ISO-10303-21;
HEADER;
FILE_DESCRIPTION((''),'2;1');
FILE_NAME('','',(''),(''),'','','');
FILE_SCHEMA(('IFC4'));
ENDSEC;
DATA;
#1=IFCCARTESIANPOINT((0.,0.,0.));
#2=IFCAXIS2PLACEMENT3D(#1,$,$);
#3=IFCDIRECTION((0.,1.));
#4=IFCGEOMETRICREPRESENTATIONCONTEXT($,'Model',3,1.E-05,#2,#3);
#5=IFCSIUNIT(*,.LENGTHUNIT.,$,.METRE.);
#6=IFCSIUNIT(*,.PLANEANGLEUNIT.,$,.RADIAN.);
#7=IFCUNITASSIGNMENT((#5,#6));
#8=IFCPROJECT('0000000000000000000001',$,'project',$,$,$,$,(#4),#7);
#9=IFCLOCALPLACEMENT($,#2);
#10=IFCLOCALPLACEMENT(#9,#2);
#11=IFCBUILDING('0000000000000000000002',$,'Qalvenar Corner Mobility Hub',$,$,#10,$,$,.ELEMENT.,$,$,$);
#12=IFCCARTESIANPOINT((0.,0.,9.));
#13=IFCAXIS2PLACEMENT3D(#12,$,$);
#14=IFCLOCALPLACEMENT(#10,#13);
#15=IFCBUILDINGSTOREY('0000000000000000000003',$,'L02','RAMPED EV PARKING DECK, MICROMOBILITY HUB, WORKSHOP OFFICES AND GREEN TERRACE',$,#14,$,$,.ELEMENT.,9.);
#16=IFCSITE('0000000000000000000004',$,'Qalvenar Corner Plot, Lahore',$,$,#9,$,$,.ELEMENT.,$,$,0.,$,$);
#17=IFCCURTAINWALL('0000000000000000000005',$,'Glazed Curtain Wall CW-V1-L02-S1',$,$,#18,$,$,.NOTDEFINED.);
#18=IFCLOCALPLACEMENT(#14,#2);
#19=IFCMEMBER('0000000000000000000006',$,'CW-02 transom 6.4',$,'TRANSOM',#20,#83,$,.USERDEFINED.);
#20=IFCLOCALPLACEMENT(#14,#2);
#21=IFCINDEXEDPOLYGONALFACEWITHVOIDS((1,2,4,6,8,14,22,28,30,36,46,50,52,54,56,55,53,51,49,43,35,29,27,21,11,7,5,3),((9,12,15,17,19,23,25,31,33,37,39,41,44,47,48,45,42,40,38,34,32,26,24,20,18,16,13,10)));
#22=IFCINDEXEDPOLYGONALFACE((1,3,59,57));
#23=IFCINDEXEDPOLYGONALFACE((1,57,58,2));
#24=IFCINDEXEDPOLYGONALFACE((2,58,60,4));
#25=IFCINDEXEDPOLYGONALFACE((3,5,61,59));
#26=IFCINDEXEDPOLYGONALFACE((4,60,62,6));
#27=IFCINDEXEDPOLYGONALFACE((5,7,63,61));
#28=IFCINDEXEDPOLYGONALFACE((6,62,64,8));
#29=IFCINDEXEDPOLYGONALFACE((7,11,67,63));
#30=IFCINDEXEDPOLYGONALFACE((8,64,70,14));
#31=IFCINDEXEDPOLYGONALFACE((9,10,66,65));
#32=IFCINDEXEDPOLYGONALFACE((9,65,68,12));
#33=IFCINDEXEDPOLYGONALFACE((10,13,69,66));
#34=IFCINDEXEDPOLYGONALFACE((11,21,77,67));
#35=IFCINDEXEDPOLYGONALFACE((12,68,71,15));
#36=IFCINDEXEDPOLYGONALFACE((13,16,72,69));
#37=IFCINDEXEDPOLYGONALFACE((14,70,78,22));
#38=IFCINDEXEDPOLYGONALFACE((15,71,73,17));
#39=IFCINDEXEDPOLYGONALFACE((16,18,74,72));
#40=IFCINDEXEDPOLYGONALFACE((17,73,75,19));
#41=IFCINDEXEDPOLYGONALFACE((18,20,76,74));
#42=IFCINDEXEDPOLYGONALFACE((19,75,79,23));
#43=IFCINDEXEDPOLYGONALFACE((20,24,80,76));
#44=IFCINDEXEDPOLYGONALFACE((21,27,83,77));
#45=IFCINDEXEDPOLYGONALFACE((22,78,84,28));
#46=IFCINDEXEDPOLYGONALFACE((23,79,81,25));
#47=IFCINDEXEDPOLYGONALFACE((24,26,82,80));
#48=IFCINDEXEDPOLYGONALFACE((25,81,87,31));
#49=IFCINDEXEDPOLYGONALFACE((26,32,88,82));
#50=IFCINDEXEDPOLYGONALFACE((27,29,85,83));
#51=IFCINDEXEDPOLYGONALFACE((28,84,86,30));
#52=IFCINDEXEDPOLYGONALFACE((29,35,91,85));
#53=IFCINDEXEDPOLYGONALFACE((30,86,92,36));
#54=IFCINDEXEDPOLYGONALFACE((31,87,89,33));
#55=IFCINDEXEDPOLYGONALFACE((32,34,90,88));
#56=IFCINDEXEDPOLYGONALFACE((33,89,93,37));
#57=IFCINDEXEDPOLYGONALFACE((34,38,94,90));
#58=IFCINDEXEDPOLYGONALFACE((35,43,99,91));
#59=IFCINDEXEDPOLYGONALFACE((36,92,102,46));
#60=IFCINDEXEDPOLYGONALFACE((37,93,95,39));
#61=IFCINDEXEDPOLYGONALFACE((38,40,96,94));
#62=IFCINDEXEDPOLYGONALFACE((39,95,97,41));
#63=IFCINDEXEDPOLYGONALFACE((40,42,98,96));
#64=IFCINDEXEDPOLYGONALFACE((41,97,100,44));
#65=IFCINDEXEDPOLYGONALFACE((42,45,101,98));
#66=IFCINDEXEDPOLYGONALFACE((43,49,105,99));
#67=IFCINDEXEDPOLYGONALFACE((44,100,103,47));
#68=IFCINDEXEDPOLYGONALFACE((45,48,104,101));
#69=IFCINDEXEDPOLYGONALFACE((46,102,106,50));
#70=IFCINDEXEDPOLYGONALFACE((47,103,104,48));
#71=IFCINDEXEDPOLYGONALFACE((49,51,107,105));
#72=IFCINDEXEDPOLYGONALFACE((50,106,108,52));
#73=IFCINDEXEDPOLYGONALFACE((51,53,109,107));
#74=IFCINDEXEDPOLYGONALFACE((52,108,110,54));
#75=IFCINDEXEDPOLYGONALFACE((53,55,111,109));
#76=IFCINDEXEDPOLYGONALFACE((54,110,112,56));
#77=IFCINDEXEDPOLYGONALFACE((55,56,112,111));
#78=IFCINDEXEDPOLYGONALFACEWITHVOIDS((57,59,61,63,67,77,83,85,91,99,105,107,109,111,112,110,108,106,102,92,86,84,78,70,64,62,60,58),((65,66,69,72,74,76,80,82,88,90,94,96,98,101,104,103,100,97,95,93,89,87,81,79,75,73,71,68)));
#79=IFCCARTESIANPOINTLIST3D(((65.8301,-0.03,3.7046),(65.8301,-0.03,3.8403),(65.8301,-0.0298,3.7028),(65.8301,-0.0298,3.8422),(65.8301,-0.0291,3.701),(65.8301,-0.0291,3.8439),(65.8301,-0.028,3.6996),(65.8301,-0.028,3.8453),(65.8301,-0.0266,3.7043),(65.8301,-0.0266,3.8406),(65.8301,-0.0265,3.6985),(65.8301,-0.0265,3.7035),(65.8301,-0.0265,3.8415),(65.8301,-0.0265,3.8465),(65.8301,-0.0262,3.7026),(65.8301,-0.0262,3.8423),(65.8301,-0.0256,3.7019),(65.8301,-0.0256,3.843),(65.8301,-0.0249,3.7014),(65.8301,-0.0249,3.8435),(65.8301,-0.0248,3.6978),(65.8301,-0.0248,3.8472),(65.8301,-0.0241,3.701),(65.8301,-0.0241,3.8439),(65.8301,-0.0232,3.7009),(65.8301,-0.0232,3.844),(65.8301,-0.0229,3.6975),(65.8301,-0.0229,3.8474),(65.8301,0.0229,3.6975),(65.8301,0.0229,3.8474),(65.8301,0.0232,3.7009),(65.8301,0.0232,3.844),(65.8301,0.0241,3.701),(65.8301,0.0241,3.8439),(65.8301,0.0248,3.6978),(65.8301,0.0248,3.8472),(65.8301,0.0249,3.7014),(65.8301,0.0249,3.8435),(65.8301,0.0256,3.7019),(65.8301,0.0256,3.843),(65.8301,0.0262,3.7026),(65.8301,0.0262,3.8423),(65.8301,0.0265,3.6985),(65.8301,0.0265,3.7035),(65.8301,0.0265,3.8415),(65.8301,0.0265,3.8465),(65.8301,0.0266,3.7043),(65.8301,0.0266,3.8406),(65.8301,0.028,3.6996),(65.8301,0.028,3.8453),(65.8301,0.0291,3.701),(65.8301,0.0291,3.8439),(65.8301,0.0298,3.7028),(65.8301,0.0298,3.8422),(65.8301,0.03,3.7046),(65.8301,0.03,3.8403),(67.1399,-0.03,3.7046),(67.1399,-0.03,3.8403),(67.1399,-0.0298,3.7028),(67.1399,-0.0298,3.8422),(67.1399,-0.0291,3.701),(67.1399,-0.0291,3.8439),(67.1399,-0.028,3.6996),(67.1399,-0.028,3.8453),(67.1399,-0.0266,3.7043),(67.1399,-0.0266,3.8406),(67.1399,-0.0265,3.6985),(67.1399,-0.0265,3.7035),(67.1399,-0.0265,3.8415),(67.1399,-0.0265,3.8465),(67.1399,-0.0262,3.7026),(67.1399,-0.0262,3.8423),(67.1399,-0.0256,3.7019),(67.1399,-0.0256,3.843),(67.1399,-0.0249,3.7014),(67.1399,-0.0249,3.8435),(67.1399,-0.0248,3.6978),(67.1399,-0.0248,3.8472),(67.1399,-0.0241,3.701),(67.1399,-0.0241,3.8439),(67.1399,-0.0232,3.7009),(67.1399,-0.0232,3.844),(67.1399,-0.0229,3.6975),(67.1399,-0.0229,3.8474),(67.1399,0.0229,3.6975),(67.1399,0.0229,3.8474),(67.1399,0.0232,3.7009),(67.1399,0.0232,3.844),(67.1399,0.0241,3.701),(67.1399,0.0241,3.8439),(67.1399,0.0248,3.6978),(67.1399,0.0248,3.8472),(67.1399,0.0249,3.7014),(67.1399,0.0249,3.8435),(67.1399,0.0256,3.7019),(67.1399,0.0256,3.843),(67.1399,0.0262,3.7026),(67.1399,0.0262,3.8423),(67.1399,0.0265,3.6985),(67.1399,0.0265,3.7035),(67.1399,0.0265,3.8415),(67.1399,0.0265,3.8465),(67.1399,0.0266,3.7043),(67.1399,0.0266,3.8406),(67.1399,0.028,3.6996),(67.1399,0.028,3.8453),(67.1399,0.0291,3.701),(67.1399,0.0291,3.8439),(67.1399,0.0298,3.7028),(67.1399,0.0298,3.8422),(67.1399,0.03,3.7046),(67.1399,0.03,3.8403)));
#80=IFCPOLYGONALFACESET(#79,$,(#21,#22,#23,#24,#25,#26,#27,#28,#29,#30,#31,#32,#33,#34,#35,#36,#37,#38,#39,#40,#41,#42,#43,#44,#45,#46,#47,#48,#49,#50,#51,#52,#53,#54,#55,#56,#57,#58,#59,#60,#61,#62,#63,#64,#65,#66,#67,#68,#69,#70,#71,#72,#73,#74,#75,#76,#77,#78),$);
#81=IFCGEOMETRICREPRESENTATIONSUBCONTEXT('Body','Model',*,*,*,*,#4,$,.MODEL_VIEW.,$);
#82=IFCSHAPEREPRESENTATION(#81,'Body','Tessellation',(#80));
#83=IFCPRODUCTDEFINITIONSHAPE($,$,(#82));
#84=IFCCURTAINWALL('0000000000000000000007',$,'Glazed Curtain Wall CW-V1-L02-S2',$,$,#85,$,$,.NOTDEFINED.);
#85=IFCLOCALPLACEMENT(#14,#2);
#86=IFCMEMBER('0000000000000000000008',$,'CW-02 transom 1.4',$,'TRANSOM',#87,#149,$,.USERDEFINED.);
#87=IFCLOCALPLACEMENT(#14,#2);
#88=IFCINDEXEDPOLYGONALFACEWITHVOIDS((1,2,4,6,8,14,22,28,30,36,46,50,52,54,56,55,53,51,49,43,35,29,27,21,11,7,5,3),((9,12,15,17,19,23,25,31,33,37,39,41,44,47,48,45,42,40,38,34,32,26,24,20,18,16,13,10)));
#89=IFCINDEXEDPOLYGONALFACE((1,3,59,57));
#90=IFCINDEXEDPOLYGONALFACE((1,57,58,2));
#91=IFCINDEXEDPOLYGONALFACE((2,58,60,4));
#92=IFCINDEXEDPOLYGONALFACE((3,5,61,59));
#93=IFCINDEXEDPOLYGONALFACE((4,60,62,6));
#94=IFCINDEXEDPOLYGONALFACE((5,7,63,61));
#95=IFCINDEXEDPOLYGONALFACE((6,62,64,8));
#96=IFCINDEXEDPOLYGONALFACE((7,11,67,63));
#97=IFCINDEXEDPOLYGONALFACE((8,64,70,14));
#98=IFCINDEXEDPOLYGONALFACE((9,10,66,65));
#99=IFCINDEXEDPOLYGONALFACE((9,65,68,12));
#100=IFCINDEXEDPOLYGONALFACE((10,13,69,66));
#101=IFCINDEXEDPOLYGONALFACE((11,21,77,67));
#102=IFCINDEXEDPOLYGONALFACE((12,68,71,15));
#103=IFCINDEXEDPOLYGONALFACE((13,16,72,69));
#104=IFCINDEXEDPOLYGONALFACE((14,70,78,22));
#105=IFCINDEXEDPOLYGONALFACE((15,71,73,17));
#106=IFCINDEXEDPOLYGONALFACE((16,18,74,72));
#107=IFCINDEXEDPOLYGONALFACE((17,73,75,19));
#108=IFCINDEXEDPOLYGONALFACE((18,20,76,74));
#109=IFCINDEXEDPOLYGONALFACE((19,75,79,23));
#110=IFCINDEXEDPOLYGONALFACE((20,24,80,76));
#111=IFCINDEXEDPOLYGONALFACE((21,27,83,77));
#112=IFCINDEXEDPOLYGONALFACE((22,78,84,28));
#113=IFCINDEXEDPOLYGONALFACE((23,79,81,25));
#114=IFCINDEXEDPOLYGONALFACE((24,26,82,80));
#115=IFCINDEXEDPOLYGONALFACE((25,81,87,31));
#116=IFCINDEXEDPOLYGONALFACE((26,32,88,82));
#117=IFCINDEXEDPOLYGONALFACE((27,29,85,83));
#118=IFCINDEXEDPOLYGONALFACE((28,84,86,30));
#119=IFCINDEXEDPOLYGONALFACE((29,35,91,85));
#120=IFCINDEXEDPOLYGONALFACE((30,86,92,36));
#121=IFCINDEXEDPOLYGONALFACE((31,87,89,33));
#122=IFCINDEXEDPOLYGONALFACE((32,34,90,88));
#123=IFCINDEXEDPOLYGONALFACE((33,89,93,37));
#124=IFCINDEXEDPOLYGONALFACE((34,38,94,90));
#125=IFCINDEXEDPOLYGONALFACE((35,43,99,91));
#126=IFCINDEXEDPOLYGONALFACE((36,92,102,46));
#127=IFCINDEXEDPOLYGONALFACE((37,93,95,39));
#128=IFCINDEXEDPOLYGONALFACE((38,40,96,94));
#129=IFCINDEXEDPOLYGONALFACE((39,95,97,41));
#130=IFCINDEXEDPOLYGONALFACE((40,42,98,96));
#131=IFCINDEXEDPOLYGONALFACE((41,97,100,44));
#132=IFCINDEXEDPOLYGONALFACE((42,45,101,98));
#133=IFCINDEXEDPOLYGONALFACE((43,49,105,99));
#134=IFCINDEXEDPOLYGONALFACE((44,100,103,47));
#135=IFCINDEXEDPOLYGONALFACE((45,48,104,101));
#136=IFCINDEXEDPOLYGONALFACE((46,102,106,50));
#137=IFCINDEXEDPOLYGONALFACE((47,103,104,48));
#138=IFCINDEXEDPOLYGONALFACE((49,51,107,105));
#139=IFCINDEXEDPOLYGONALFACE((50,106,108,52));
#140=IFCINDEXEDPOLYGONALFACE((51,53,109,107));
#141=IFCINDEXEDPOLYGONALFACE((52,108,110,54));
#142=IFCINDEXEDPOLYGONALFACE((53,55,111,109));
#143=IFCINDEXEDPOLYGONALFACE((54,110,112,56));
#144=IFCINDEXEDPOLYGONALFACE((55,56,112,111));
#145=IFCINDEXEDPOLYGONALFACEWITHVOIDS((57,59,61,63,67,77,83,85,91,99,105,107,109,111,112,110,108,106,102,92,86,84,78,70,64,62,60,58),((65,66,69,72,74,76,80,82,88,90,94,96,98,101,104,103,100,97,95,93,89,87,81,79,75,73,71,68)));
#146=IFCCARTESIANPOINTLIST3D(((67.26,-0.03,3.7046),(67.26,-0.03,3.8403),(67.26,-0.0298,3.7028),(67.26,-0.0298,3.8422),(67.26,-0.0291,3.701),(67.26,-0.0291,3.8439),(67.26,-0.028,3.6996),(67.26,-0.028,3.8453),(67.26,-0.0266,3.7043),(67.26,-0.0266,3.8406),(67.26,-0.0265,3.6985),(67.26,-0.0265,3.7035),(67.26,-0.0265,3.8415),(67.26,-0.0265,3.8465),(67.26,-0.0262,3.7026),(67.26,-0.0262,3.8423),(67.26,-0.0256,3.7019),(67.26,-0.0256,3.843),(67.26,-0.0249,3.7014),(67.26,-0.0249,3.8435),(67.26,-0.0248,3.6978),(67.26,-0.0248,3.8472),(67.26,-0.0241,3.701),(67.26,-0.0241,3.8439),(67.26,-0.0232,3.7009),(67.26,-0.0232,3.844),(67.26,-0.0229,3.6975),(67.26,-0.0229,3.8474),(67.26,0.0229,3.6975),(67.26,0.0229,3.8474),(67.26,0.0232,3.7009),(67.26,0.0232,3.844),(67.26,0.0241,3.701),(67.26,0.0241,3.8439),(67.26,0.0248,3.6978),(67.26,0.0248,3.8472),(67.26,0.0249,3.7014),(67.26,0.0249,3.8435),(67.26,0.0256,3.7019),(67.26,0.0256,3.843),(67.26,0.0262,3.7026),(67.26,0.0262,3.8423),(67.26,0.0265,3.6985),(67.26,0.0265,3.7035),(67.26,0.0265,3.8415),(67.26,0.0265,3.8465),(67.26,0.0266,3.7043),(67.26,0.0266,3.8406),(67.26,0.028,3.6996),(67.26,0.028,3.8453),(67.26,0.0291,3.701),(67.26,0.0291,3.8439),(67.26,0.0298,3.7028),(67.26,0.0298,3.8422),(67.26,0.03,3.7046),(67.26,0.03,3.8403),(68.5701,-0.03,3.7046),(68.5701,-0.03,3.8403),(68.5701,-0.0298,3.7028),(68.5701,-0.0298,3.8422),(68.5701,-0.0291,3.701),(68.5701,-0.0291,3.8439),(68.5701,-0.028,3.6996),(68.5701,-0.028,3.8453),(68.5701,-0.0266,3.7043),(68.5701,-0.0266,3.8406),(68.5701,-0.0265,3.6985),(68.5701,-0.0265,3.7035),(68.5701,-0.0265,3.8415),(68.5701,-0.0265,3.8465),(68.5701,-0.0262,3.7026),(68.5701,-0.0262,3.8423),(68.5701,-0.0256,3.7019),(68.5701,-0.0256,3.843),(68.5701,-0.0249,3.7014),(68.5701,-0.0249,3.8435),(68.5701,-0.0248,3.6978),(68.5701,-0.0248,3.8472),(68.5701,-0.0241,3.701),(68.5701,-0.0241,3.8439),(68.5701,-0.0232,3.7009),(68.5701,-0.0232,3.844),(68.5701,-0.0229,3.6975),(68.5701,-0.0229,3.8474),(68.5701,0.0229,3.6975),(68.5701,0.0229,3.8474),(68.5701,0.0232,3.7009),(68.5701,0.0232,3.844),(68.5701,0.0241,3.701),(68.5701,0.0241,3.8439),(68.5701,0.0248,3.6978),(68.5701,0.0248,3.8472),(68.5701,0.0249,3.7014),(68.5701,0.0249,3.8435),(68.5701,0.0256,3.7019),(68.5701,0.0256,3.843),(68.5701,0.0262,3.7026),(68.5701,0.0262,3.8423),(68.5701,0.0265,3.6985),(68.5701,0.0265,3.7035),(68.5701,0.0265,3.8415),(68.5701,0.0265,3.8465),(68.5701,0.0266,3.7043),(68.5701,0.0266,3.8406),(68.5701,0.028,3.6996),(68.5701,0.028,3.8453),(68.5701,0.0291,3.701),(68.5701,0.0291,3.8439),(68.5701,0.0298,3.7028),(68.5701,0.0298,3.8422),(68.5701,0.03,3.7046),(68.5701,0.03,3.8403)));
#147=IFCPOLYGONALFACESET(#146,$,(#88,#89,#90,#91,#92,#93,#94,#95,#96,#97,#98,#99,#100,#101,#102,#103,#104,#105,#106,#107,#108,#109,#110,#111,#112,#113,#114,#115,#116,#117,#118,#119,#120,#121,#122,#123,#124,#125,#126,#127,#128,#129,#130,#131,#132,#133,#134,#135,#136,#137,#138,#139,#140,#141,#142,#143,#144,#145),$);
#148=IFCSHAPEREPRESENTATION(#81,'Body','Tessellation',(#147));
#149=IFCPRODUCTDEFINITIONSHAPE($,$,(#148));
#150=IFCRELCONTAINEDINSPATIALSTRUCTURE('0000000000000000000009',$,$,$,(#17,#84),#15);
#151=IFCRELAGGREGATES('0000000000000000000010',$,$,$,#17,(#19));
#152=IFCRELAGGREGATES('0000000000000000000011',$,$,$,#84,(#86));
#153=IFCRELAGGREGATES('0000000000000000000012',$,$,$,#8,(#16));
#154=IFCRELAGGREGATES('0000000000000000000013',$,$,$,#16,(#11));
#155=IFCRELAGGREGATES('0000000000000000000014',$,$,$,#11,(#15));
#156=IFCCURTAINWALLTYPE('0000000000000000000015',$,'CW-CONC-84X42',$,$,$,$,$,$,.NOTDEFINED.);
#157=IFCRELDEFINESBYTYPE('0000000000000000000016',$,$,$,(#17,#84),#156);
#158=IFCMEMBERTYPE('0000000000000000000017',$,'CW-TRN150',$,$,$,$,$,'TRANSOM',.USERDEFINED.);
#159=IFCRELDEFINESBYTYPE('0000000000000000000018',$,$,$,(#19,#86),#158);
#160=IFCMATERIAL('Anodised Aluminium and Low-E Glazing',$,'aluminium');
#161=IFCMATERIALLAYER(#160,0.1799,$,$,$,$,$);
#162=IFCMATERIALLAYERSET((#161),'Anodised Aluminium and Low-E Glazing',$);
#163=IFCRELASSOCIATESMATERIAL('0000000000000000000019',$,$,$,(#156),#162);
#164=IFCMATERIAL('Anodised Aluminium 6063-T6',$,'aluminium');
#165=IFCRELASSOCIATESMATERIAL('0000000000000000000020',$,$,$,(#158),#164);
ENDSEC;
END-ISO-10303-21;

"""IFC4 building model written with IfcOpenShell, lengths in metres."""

from ifc_helpers import new_model, si_unit, direction, frame, origin, origin_2d, place, context, subcontext, project, spatial, hollow_rectangle, extrude, material, layer, layer_set, material_profile, profile_set, type_object, element, aggregate, save


model = new_model("IFC4")

# Units and contexts
model_context = context("Model", 3, precision=1e-05, world=origin(), true_north=direction((0.0, 1.0)))
body_context = subcontext(model_context, "Body", "Model", "MODEL_VIEW")
ifc_project = project(units=[si_unit("LENGTHUNIT", "METRE"), si_unit("PLANEANGLEUNIT", "RADIAN")], contexts=[model_context])

# Site, building, storey
site_placement = place(None, origin())
site = spatial("IfcSite", under=ifc_project, at=site_placement, Name="Qalvenar Corner Plot, Lahore", CompositionType="ELEMENT", RefElevation=0.0)
building_placement = place(site_placement, origin())
building = spatial("IfcBuilding", under=site, at=building_placement, Name="Qalvenar Corner Mobility Hub", CompositionType="ELEMENT")
storey_placement = place(building_placement, frame((0.0, 0.0, 9.0)))
storey = spatial("IfcBuildingStorey", under=building, at=storey_placement, Name="L02", Description="RAMPED EV PARKING DECK, MICROMOBILITY HUB, WORKSHOP OFFICES AND GREEN TERRACE", CompositionType="ELEMENT", Elevation=9.0)

# Curtain walls, members
ifc_material_1 = material(Name="Anodised Aluminium and Low-E Glazing", Category="aluminium")
ifc_layer_1 = layer(ifc_material_1, 0.1799)
ifc_layer_set_1 = layer_set([ifc_layer_1], Name="Anodised Aluminium and Low-E Glazing")
curtain_wall_type = type_object("IfcCurtainWallType", Name="CW-CONC-84X42", PredefinedType="NOTDEFINED", material=ifc_layer_set_1)
curtain_wall_1_placement = place(storey_placement, origin())
curtain_wall_1 = element("IfcCurtainWall", 1, at=curtain_wall_1_placement, inside=storey, type_object=curtain_wall_type, Name="Glazed Curtain Wall CW-V1-L02-S1", PredefinedType="NOTDEFINED")
ifc_material_2 = material(Name="Anodised Aluminium 6063-T6", Category="aluminium")
ifc_material_profile_1 = material_profile(ifc_material_2, hollow_rectangle(XDim=0.0601, YDim=0.1499, WallThickness=0.0034, InnerFilletRadius=0.0034, OuterFilletRadius=0.0071, at=origin_2d()), Name="RHS150x60x3.5")
ifc_profile_set_1 = profile_set([ifc_material_profile_1], Name="Anodised Aluminium 6063-T6")
member_type_1 = type_object("IfcMemberType", Name="CW-TRN150", ElementType="TRANSOM", PredefinedType="USERDEFINED", material=ifc_profile_set_1)
member_1_placement = place(storey_placement, frame((65.8301, 0.0, 3.7725), z_axis=(1.0, 0.0, 0.0), x_axis=(0.0, 1.0, 0.0)))
member_1 = element("IfcMember", 2, at=member_1_placement, type_object=member_type_1, Name="CW-02 transom 6.4", ObjectType="TRANSOM", PredefinedType="USERDEFINED", context=body_context, shape_type="SweptSolid", body=[
    extrude(hollow_rectangle(XDim=0.0601, YDim=0.1499, WallThickness=0.0034, InnerFilletRadius=0.0034, OuterFilletRadius=0.0071, at=origin_2d()), origin(), (0.0, 0.0, 1.0), 1.3098),
])
aggregate(curtain_wall_1, [member_1])
curtain_wall_2_placement = place(storey_placement, origin())
curtain_wall_2 = element("IfcCurtainWall", 3, at=curtain_wall_2_placement, inside=storey, type_object=curtain_wall_type, Name="Glazed Curtain Wall CW-V1-L02-S2", PredefinedType="NOTDEFINED")
member_2_placement = place(storey_placement, frame((67.26, 0.0, 3.7725), z_axis=(1.0, 0.0, 0.0), x_axis=(0.0, 1.0, 0.0)))
member_2 = element("IfcMember", 4, at=member_2_placement, type_object=member_type_1, Name="CW-02 transom 1.4", ObjectType="TRANSOM", PredefinedType="USERDEFINED", context=body_context, shape_type="SweptSolid", body=[
    extrude(hollow_rectangle(XDim=0.0601, YDim=0.1499, WallThickness=0.0034, InnerFilletRadius=0.0034, OuterFilletRadius=0.0071, at=origin_2d()), origin(), (0.0, 0.0, 1.0), 1.3101),
])
aggregate(curtain_wall_2, [member_2])

save(model, "model.ifc")
